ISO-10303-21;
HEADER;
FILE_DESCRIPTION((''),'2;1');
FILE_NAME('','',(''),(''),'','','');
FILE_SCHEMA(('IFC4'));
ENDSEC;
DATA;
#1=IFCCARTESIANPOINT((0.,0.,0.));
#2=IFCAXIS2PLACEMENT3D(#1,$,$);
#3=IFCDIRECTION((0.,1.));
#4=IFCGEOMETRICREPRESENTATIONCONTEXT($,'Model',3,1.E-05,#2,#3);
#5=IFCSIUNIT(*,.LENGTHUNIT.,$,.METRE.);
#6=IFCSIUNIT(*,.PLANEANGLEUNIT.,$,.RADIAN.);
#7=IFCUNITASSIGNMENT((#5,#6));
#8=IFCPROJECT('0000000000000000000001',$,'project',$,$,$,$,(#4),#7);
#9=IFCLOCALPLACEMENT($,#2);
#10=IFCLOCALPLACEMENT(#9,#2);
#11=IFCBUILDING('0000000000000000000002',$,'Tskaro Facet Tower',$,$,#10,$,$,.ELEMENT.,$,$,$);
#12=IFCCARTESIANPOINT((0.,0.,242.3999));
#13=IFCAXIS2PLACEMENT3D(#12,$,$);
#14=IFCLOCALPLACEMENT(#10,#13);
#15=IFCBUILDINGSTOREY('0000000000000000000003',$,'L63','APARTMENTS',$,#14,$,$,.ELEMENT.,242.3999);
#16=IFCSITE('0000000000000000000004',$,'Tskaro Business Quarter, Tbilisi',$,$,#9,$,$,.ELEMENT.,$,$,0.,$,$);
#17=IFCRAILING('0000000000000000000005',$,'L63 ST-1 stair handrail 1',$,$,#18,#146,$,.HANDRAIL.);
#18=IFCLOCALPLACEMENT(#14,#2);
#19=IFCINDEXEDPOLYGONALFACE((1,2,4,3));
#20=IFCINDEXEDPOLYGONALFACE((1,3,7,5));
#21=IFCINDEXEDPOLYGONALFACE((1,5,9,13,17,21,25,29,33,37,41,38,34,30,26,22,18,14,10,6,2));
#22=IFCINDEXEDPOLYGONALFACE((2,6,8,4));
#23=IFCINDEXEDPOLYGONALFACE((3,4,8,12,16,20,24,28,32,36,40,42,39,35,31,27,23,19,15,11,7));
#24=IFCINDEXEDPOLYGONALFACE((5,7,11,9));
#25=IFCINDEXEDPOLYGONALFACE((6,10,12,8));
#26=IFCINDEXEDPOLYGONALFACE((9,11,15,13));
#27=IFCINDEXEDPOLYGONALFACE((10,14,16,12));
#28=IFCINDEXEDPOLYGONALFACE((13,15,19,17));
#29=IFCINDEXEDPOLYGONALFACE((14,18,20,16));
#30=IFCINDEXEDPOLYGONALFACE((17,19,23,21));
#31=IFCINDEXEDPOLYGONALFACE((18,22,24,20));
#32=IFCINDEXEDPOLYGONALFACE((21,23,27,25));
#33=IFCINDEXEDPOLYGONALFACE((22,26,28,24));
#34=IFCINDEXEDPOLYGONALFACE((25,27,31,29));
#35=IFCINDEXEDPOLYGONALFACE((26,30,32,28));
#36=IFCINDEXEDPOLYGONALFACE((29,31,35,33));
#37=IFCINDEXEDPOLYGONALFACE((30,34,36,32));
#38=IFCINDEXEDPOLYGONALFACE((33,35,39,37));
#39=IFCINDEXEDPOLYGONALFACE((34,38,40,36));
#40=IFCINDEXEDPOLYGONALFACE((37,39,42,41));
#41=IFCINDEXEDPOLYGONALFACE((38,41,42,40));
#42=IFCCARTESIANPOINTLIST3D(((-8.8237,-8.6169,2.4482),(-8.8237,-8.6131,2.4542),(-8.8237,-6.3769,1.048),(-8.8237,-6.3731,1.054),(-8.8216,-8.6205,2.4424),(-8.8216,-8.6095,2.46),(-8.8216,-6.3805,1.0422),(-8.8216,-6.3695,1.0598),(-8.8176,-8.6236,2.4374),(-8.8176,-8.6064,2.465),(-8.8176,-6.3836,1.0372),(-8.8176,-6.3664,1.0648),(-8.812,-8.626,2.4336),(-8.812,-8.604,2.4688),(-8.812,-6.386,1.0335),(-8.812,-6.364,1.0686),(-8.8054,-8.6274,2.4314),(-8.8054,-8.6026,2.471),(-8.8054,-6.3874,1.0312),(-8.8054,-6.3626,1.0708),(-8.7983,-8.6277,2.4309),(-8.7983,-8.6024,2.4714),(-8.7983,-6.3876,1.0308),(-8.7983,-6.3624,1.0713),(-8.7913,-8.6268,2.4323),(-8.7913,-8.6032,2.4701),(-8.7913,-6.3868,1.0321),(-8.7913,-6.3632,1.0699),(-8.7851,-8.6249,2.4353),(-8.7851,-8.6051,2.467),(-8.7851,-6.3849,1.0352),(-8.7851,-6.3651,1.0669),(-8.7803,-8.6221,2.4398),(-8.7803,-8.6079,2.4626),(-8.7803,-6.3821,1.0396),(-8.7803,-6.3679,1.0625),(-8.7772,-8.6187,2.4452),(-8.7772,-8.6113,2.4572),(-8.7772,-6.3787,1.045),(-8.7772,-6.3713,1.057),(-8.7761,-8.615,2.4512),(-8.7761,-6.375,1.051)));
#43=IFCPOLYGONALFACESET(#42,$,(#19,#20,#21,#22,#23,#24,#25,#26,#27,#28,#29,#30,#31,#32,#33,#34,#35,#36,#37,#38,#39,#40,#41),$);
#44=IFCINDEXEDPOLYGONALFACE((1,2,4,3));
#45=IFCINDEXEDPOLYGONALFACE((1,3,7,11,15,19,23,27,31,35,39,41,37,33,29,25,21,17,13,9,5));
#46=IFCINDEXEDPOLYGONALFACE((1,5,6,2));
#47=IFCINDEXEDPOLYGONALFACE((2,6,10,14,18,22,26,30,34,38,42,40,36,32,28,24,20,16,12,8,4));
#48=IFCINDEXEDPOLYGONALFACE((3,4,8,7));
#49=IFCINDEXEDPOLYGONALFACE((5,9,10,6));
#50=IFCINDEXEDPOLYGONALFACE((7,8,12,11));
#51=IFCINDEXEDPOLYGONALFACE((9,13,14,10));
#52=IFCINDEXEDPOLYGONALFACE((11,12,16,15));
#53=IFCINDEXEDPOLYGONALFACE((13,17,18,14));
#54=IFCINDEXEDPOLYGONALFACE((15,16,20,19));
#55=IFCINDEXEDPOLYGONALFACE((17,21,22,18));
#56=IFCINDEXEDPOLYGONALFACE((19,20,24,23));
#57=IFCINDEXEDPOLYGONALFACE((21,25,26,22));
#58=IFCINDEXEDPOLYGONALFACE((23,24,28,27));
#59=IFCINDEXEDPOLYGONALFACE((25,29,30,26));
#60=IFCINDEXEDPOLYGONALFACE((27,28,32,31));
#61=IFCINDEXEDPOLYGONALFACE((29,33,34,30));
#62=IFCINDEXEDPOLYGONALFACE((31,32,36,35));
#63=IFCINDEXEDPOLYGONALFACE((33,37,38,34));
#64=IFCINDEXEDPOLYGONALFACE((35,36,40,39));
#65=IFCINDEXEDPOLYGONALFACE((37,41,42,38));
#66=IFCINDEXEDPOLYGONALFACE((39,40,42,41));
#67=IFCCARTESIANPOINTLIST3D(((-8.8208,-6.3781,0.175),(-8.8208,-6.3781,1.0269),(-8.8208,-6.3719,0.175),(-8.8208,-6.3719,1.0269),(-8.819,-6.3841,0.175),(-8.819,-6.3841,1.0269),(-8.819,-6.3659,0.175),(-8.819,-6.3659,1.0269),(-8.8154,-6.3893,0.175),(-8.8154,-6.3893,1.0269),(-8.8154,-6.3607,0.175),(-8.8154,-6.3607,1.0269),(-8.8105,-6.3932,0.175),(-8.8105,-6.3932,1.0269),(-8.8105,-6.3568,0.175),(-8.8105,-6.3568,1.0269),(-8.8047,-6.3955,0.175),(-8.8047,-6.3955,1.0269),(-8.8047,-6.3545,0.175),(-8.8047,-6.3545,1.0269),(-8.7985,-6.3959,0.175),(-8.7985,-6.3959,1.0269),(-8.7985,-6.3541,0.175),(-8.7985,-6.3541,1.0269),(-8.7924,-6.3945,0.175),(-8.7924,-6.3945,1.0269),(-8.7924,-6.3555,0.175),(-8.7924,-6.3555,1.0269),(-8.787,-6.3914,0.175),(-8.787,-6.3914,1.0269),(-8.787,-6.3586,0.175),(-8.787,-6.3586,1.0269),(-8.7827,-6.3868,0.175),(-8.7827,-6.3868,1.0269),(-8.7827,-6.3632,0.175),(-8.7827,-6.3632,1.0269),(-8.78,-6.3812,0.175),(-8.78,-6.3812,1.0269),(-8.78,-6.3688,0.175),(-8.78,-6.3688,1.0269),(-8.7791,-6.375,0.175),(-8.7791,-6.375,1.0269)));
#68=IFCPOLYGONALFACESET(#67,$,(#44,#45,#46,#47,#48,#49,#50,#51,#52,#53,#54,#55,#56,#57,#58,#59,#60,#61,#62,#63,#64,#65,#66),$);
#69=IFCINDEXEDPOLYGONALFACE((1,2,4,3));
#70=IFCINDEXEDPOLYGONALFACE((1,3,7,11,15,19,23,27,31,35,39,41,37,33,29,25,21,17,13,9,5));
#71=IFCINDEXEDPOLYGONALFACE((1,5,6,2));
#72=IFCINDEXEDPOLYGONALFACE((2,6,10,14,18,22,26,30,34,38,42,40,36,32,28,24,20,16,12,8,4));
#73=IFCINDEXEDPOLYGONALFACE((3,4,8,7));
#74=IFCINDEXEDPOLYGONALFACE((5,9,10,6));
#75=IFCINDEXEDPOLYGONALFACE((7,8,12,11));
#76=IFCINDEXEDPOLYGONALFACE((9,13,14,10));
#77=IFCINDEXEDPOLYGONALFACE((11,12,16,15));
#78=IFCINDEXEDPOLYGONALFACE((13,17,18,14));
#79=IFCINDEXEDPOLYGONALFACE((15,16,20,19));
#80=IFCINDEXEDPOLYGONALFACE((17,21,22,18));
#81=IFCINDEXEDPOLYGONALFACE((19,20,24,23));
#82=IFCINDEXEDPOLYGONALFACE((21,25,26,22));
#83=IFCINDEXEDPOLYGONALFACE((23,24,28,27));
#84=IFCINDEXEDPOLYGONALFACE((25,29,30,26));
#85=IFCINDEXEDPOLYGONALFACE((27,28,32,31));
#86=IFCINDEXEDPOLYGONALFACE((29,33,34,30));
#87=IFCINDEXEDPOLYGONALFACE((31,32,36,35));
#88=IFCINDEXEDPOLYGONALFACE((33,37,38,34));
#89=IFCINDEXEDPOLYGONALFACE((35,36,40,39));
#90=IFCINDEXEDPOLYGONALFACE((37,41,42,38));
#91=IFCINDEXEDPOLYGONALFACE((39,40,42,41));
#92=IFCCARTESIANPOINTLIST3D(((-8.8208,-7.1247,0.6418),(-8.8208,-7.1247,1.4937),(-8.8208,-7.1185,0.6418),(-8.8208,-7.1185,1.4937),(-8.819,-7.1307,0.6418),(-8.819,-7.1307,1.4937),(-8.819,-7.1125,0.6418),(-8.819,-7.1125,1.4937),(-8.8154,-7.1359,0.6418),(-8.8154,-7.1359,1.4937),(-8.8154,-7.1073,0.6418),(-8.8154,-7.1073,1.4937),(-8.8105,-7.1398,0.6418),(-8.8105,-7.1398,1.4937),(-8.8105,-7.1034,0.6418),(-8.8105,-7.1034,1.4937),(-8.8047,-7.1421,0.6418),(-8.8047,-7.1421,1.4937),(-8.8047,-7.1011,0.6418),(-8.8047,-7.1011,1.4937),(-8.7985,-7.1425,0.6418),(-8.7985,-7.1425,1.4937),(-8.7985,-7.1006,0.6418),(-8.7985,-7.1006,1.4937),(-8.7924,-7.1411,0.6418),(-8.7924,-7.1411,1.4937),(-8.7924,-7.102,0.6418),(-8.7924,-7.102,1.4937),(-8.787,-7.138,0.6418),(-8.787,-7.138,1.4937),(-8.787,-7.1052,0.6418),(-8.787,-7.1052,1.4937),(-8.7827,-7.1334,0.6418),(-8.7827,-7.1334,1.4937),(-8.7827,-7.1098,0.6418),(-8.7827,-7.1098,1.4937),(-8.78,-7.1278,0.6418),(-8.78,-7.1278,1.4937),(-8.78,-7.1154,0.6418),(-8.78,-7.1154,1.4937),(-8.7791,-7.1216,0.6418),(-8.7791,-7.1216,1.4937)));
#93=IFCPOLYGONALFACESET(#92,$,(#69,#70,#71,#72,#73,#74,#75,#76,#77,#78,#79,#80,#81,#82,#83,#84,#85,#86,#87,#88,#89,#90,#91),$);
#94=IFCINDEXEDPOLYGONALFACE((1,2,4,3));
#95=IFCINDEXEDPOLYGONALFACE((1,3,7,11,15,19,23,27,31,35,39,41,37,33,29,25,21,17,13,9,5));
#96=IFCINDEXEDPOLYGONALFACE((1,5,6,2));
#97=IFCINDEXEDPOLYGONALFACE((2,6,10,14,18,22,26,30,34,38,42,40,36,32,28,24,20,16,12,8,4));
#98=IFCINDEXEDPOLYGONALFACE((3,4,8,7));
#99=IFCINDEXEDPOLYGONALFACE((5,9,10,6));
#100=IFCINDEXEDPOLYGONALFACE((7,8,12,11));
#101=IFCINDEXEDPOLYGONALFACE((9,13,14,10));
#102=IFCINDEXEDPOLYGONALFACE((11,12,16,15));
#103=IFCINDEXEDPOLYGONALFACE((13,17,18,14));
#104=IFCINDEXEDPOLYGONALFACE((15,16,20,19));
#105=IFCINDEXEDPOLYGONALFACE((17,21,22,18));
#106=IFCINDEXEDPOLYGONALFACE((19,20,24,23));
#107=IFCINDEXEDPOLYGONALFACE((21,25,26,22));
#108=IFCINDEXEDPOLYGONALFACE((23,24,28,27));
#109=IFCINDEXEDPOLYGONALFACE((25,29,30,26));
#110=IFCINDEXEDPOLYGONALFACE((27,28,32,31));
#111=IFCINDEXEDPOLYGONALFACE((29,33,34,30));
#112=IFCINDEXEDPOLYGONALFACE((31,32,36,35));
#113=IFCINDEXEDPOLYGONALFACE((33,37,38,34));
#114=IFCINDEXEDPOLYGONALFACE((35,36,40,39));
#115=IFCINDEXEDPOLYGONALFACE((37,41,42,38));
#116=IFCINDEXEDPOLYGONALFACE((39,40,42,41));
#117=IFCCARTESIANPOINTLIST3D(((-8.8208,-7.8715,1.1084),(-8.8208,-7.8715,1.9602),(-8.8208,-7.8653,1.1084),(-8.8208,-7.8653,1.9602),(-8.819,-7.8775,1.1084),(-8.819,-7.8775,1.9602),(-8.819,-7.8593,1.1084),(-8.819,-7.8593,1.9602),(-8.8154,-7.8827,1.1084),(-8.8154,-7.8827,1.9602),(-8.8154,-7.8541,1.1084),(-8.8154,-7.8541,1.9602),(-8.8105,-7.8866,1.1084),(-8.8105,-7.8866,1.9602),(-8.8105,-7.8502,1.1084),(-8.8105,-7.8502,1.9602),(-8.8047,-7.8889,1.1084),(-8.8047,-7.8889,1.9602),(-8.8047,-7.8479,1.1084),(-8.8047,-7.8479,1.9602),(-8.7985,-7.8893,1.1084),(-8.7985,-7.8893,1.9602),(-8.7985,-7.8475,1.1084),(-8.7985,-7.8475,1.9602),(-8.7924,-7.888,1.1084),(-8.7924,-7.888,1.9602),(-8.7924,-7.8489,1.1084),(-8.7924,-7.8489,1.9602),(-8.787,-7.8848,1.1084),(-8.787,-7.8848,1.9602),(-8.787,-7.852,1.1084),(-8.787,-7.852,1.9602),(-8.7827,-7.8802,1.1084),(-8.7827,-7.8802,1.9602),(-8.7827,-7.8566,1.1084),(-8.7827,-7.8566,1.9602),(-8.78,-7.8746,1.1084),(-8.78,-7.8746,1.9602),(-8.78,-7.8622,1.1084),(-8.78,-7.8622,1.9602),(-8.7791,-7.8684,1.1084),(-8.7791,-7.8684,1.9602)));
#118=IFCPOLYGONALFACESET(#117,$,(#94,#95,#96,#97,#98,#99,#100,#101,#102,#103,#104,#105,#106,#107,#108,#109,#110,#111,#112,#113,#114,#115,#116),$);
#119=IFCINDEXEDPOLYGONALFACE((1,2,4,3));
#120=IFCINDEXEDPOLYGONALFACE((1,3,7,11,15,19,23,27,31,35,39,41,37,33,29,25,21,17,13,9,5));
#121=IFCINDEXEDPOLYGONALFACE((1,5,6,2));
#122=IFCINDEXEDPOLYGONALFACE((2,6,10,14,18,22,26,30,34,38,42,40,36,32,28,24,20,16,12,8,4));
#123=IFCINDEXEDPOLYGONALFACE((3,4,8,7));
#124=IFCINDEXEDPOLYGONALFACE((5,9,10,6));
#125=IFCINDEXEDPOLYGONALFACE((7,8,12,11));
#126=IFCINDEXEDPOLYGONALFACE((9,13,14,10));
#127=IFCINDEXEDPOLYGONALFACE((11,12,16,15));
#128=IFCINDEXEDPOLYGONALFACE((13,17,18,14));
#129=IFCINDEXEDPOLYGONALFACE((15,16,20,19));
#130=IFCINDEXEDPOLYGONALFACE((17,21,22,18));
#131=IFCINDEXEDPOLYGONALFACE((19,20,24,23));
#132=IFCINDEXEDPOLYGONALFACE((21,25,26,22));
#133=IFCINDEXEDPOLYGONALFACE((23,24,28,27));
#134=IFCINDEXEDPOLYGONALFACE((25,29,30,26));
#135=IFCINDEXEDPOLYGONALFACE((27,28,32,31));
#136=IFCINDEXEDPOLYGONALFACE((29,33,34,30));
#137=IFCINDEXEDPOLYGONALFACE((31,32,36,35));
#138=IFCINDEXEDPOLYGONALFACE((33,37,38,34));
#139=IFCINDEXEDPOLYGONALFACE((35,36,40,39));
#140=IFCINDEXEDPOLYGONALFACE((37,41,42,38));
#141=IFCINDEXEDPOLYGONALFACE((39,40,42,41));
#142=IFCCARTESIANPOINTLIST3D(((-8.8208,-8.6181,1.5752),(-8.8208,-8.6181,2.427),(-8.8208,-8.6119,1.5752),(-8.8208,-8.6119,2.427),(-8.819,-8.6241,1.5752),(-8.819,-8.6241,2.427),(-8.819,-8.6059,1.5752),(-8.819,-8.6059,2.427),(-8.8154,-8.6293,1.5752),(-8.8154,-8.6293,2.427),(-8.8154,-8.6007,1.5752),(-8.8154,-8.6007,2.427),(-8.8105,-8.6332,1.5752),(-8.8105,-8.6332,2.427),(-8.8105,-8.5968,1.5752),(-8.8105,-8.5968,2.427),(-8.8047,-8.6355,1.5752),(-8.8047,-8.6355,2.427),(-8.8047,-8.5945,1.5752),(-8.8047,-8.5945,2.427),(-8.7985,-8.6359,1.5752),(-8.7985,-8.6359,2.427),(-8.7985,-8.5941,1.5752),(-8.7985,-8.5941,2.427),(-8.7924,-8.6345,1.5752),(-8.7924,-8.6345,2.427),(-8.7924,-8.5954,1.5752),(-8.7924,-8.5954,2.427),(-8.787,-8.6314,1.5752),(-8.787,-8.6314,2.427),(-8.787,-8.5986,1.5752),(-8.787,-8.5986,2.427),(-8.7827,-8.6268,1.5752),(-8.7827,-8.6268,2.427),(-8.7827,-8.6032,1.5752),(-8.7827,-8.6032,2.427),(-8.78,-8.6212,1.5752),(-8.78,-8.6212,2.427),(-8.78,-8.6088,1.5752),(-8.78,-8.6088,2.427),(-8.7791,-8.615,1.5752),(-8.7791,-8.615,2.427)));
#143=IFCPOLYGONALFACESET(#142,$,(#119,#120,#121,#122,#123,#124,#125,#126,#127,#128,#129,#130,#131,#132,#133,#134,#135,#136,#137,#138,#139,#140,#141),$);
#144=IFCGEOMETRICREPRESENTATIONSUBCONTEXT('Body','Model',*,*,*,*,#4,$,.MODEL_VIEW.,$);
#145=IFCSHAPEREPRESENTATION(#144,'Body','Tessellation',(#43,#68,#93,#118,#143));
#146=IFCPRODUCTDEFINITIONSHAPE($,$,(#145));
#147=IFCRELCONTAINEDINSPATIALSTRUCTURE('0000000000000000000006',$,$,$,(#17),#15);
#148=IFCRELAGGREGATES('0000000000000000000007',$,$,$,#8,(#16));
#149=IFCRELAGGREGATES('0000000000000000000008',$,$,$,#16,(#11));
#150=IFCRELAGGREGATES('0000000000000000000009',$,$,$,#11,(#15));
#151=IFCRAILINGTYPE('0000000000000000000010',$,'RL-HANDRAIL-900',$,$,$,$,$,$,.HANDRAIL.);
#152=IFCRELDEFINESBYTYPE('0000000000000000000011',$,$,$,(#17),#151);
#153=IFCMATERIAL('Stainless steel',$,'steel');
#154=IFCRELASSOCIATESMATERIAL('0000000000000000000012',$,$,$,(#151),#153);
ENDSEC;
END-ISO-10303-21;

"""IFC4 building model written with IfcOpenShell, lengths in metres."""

from ifc_helpers import new_model, si_unit, direction, frame, origin, origin_2d, place, context, subcontext, project, spatial, circle, extrude, material, type_object, element, save


model = new_model("IFC4")

# Units and contexts
model_context = context("Model", 3, precision=1e-05, world=origin(), true_north=direction((0.0, 1.0)))
body_context = subcontext(model_context, "Body", "Model", "MODEL_VIEW")
ifc_project = project(units=[si_unit("LENGTHUNIT", "METRE"), si_unit("PLANEANGLEUNIT", "RADIAN")], contexts=[model_context])

# Site, building, storey
site_placement = place(None, origin())
site = spatial("IfcSite", under=ifc_project, at=site_placement, Name="Tskaro Business Quarter, Tbilisi", CompositionType="ELEMENT", RefElevation=0.0)
building_placement = place(site_placement, origin())
building = spatial("IfcBuilding", under=site, at=building_placement, Name="Tskaro Facet Tower", CompositionType="ELEMENT")
storey_placement = place(building_placement, frame((0.0, 0.0, 242.3999)))
storey = spatial("IfcBuildingStorey", under=building, at=storey_placement, Name="L63", Description="APARTMENTS", CompositionType="ELEMENT", Elevation=242.3999)

# Shared definitions
ifc_material_1 = material(Name="Stainless steel", Category="steel")

# Railing
railing_type_1 = type_object("IfcRailingType", Name="RL-HANDRAIL-900", PredefinedType="HANDRAIL", material=ifc_material_1)
railing_1_placement = place(storey_placement, frame((-8.8, -6.375, 0.175)))
element("IfcRailing", 1, at=railing_1_placement, inside=storey, type_object=railing_type_1, Name="L63 ST-1 stair handrail 1", PredefinedType="HANDRAIL", context=body_context, shape_type="SweptSolid", body=[
    extrude(circle(Radius=0.0239, at=origin_2d()), frame((0.0, 0.0, 0.876), z_axis=(0.0, -0.847972, 0.53004), x_axis=(1.0, 0.0, 0.0)), (0.0, 0.0, 1.0), 2.6416),
    extrude(circle(Radius=0.021, at=origin_2d()), origin(), (0.0, 0.0, 1.0), 0.8518),
    extrude(circle(Radius=0.021, at=origin_2d()), frame((0.0, -0.7466, 0.4668)), (0.0, 0.0, 1.0), 0.8518),
    extrude(circle(Radius=0.021, at=origin_2d()), frame((0.0, -1.4934, 0.9333)), (0.0, 0.0, 1.0), 0.8518),
    extrude(circle(Radius=0.021, at=origin_2d()), frame((0.0, -2.24, 1.4001)), (0.0, 0.0, 1.0), 0.8518),
])

save(model, "model.ifc")
